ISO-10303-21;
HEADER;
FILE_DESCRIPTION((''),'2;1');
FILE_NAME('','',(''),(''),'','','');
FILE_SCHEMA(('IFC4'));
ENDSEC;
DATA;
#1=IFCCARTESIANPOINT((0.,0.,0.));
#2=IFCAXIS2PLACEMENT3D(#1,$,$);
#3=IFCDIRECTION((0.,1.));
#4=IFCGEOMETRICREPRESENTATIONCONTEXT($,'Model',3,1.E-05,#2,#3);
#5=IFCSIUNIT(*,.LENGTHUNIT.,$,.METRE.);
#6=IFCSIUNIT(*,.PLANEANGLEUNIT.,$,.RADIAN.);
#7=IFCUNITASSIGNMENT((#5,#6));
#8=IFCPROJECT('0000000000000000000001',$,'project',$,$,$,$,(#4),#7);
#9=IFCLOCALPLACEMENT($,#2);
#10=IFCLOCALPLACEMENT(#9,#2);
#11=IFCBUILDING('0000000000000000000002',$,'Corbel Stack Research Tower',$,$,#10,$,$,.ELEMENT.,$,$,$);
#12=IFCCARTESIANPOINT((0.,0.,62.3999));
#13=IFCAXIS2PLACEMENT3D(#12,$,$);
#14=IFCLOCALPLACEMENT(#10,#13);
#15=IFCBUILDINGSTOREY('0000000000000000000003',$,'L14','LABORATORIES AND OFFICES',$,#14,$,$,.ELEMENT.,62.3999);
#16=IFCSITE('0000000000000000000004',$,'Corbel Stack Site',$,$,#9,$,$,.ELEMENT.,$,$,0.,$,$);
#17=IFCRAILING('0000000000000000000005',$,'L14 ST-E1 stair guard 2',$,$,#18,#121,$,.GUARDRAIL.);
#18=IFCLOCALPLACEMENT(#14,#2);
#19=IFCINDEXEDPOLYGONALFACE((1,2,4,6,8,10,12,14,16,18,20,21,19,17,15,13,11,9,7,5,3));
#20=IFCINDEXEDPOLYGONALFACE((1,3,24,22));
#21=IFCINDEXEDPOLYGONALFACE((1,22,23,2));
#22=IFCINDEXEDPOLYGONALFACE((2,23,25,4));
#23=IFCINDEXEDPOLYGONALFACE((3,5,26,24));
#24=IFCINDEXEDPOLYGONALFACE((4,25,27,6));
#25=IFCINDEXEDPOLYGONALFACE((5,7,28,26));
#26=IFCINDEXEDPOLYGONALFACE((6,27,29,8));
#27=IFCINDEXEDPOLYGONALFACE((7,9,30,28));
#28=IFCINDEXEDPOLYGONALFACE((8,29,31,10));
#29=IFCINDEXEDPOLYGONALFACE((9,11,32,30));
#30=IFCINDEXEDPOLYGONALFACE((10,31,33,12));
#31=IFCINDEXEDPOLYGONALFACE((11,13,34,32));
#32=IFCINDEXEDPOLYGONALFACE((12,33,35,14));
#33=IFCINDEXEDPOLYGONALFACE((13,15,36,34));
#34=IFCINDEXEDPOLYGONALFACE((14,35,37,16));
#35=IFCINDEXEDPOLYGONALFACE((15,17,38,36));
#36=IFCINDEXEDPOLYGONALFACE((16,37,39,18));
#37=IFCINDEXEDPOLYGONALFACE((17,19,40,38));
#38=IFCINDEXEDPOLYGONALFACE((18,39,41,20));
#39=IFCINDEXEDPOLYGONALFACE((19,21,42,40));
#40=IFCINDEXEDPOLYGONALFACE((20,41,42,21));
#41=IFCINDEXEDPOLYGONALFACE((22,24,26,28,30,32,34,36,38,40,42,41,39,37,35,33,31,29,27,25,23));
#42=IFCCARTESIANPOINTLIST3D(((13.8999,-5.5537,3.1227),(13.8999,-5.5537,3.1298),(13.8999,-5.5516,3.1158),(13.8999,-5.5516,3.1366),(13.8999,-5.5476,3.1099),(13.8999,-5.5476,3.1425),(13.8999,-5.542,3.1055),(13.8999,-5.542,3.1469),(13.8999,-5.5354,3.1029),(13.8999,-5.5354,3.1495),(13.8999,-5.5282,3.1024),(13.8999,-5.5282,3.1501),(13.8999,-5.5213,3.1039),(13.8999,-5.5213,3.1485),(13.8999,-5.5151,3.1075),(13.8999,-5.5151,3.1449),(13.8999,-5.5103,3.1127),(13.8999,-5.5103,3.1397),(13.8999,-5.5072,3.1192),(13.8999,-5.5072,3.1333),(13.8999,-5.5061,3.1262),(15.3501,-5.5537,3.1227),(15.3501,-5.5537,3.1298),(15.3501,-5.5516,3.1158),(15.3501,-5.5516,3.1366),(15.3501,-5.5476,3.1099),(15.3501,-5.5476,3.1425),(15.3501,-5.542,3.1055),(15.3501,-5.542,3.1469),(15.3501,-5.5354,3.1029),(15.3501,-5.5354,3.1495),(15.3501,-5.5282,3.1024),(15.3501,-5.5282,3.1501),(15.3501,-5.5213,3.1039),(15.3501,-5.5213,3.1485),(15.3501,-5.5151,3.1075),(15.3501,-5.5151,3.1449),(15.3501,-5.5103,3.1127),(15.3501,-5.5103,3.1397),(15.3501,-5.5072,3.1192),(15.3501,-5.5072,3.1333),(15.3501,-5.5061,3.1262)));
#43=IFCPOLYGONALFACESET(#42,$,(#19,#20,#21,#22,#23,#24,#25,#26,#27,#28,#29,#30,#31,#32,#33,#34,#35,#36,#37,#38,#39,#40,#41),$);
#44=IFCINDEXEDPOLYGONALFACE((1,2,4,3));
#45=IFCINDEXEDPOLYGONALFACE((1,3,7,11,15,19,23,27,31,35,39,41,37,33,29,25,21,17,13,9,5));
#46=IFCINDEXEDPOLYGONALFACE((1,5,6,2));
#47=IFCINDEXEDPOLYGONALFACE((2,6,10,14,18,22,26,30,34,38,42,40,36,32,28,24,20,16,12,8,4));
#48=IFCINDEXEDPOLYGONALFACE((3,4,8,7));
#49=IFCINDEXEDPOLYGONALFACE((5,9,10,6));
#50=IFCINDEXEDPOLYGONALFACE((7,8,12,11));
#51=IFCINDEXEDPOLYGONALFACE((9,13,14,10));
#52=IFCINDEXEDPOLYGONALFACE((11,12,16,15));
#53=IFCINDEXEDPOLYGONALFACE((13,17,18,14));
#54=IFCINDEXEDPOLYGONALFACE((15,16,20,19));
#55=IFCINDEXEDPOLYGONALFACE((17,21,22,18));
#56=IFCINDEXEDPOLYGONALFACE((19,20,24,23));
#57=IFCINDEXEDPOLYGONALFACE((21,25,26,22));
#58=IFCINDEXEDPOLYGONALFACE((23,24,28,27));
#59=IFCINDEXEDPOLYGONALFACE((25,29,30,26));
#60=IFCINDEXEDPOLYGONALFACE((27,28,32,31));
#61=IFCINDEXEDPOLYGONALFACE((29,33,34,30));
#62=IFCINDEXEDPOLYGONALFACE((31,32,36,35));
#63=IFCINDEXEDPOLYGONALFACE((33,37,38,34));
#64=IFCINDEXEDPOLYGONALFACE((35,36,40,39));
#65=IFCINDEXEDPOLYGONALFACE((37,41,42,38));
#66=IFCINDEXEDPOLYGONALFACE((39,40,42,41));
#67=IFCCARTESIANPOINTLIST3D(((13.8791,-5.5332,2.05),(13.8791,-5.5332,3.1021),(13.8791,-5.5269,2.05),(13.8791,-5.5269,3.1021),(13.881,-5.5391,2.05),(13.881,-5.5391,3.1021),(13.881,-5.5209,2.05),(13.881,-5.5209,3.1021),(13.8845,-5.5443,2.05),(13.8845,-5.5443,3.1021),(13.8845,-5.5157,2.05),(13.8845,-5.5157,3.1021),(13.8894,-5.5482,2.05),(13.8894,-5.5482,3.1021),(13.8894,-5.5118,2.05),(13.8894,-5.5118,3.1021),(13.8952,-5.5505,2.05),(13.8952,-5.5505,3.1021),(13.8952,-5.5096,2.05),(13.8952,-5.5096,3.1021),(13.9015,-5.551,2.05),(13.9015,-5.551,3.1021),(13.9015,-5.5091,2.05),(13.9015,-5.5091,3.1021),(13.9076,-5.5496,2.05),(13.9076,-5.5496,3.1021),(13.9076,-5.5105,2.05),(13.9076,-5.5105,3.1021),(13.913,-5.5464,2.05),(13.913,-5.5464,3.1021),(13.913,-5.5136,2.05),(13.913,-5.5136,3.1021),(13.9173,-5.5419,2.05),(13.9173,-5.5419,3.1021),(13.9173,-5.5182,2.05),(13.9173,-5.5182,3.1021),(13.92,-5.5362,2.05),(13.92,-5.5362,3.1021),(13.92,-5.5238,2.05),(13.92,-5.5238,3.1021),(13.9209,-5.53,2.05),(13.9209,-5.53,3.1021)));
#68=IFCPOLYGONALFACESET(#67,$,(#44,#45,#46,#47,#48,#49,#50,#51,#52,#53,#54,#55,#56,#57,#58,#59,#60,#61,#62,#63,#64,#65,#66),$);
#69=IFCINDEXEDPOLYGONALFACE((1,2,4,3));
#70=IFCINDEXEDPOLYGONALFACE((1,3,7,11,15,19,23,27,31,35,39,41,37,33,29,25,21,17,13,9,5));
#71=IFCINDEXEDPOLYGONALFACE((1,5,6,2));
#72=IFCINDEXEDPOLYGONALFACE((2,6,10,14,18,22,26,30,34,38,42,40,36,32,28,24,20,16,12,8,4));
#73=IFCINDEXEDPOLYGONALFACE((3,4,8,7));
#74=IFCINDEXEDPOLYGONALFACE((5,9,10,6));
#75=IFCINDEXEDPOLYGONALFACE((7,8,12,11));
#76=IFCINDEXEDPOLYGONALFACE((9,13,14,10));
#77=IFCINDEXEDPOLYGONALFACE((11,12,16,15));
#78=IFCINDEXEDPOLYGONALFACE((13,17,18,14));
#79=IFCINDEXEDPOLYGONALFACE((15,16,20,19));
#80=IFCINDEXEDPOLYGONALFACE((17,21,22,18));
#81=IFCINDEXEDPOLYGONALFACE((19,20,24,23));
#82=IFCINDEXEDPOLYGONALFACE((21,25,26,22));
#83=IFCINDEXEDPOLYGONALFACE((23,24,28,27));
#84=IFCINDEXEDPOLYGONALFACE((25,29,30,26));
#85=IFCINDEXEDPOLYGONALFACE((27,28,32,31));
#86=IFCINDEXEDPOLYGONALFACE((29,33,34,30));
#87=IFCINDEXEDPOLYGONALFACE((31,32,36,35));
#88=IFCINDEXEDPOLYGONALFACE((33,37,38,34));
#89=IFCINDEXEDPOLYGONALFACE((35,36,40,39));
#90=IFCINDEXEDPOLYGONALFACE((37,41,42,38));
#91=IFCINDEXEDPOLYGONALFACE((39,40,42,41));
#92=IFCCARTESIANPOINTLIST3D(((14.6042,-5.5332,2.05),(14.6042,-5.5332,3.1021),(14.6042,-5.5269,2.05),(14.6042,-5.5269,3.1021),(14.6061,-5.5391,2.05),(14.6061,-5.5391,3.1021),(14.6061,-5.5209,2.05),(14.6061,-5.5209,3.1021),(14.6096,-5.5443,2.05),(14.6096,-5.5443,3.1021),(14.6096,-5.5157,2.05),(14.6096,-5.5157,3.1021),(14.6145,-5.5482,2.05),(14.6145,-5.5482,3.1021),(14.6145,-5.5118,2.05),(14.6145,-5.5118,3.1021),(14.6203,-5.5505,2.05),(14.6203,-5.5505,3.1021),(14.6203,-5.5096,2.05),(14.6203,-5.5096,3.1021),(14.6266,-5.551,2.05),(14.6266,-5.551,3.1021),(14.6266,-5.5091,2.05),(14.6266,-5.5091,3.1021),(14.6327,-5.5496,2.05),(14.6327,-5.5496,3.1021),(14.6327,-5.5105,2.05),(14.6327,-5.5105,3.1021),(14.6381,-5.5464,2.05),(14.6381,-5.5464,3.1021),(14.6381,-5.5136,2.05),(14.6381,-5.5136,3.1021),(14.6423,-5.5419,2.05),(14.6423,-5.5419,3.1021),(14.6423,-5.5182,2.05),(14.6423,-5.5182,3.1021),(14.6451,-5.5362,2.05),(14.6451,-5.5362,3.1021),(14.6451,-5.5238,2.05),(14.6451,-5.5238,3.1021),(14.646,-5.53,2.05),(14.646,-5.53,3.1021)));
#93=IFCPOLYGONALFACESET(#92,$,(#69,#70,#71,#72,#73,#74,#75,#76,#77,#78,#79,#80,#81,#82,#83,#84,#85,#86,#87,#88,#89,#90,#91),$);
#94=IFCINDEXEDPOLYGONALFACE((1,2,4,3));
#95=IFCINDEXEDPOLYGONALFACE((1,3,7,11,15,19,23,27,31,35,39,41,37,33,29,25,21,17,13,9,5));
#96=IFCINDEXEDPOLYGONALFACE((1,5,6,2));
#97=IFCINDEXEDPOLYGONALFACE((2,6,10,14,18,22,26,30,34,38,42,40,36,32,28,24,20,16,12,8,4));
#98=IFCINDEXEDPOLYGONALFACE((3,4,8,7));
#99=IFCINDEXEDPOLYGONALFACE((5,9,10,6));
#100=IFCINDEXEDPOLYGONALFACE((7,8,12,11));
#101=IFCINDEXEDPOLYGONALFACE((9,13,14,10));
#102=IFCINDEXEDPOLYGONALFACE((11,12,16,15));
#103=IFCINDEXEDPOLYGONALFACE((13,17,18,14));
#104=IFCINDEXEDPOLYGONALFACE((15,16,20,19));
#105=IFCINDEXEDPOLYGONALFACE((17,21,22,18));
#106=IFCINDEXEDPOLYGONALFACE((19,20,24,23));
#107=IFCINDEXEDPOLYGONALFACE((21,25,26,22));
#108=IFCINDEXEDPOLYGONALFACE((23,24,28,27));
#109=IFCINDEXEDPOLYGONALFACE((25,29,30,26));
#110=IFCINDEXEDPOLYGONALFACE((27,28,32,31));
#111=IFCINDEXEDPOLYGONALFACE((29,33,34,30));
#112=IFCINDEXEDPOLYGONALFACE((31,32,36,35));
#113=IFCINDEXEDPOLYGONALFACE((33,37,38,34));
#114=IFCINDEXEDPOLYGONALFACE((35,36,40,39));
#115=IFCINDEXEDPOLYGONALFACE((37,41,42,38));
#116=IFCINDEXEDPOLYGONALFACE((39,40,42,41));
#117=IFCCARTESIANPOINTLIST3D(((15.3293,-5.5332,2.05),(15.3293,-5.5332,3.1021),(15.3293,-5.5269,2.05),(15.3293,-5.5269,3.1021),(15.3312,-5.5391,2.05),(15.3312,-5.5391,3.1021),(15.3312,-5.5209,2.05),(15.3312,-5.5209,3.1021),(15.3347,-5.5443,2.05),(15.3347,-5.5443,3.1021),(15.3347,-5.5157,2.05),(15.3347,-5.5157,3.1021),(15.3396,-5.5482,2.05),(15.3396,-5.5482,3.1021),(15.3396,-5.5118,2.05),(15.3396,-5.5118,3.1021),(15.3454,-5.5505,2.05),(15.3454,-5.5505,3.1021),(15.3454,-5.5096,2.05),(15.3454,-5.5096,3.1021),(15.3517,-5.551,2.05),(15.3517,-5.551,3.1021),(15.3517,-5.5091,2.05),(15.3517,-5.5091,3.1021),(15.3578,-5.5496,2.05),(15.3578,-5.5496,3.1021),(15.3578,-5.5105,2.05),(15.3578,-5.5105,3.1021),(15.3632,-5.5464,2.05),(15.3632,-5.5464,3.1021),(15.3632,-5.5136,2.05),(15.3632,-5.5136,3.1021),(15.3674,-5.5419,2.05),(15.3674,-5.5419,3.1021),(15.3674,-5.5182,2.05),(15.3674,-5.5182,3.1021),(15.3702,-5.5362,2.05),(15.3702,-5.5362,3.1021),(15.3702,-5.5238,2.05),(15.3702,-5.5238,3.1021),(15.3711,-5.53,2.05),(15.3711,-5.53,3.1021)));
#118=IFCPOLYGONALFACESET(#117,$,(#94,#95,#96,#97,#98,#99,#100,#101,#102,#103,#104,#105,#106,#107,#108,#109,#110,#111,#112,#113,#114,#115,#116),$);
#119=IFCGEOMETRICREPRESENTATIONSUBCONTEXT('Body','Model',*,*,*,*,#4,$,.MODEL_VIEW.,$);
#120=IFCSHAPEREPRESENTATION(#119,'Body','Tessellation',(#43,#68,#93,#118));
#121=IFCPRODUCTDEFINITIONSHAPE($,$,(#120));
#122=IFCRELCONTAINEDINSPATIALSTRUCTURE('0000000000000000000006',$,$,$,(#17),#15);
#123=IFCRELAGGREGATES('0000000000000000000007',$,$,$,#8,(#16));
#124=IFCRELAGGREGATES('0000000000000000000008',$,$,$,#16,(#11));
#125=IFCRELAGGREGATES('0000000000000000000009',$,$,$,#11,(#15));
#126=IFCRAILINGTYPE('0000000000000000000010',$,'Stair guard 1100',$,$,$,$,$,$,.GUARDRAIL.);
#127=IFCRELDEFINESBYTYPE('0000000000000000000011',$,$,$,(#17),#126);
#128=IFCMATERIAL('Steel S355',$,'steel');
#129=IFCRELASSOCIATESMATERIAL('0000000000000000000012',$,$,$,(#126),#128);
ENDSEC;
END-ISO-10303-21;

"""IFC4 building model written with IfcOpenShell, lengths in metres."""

from ifc_helpers import new_model, si_unit, direction, frame, origin, origin_2d, place, context, subcontext, project, spatial, circle, extrude, material, type_object, element, save


model = new_model("IFC4")

# Units and contexts
model_context = context("Model", 3, precision=1e-05, world=origin(), true_north=direction((0.0, 1.0)))
body_context = subcontext(model_context, "Body", "Model", "MODEL_VIEW")
ifc_project = project(units=[si_unit("LENGTHUNIT", "METRE"), si_unit("PLANEANGLEUNIT", "RADIAN")], contexts=[model_context])

# Site, building, storey
site_placement = place(None, origin())
site = spatial("IfcSite", under=ifc_project, at=site_placement, Name="Corbel Stack Site", CompositionType="ELEMENT", RefElevation=0.0)
building_placement = place(site_placement, origin())
building = spatial("IfcBuilding", under=site, at=building_placement, Name="Corbel Stack Research Tower", CompositionType="ELEMENT")
storey_placement = place(building_placement, frame((0.0, 0.0, 62.3999)))
storey = spatial("IfcBuildingStorey", under=building, at=storey_placement, Name="L14", Description="LABORATORIES AND OFFICES", CompositionType="ELEMENT", Elevation=62.3999)

# Railing
ifc_material_1 = material(Name="Steel S355", Category="steel")
railing_type_1 = type_object("IfcRailingType", Name="Stair guard 1100", PredefinedType="GUARDRAIL", material=ifc_material_1)
railing_1_placement = place(storey_placement, frame((13.8999, -5.53, 2.05)))
element("IfcRailing", 1, at=railing_1_placement, inside=storey, type_object=railing_type_1, Name="L14 ST-E1 stair guard 2", PredefinedType="GUARDRAIL", context=body_context, shape_type="SweptSolid", body=[
    extrude(circle(Radius=0.0239, at=origin_2d()), frame((0.0, 0.0, 1.0762), z_axis=(1.0, 0.0, 0.0), x_axis=(0.0, 1.0, 0.0)), (0.0, 0.0, 1.0), 1.4502),
    extrude(circle(Radius=0.021, at=origin_2d()), origin(), (0.0, 0.0, 1.0), 1.052),
    extrude(circle(Radius=0.021, at=origin_2d()), frame((0.7251, 0.0, 0.0)), (0.0, 0.0, 1.0), 1.052),
    extrude(circle(Radius=0.021, at=origin_2d()), frame((1.4502, 0.0, 0.0)), (0.0, 0.0, 1.0), 1.052),
])

save(model, "model.ifc")
